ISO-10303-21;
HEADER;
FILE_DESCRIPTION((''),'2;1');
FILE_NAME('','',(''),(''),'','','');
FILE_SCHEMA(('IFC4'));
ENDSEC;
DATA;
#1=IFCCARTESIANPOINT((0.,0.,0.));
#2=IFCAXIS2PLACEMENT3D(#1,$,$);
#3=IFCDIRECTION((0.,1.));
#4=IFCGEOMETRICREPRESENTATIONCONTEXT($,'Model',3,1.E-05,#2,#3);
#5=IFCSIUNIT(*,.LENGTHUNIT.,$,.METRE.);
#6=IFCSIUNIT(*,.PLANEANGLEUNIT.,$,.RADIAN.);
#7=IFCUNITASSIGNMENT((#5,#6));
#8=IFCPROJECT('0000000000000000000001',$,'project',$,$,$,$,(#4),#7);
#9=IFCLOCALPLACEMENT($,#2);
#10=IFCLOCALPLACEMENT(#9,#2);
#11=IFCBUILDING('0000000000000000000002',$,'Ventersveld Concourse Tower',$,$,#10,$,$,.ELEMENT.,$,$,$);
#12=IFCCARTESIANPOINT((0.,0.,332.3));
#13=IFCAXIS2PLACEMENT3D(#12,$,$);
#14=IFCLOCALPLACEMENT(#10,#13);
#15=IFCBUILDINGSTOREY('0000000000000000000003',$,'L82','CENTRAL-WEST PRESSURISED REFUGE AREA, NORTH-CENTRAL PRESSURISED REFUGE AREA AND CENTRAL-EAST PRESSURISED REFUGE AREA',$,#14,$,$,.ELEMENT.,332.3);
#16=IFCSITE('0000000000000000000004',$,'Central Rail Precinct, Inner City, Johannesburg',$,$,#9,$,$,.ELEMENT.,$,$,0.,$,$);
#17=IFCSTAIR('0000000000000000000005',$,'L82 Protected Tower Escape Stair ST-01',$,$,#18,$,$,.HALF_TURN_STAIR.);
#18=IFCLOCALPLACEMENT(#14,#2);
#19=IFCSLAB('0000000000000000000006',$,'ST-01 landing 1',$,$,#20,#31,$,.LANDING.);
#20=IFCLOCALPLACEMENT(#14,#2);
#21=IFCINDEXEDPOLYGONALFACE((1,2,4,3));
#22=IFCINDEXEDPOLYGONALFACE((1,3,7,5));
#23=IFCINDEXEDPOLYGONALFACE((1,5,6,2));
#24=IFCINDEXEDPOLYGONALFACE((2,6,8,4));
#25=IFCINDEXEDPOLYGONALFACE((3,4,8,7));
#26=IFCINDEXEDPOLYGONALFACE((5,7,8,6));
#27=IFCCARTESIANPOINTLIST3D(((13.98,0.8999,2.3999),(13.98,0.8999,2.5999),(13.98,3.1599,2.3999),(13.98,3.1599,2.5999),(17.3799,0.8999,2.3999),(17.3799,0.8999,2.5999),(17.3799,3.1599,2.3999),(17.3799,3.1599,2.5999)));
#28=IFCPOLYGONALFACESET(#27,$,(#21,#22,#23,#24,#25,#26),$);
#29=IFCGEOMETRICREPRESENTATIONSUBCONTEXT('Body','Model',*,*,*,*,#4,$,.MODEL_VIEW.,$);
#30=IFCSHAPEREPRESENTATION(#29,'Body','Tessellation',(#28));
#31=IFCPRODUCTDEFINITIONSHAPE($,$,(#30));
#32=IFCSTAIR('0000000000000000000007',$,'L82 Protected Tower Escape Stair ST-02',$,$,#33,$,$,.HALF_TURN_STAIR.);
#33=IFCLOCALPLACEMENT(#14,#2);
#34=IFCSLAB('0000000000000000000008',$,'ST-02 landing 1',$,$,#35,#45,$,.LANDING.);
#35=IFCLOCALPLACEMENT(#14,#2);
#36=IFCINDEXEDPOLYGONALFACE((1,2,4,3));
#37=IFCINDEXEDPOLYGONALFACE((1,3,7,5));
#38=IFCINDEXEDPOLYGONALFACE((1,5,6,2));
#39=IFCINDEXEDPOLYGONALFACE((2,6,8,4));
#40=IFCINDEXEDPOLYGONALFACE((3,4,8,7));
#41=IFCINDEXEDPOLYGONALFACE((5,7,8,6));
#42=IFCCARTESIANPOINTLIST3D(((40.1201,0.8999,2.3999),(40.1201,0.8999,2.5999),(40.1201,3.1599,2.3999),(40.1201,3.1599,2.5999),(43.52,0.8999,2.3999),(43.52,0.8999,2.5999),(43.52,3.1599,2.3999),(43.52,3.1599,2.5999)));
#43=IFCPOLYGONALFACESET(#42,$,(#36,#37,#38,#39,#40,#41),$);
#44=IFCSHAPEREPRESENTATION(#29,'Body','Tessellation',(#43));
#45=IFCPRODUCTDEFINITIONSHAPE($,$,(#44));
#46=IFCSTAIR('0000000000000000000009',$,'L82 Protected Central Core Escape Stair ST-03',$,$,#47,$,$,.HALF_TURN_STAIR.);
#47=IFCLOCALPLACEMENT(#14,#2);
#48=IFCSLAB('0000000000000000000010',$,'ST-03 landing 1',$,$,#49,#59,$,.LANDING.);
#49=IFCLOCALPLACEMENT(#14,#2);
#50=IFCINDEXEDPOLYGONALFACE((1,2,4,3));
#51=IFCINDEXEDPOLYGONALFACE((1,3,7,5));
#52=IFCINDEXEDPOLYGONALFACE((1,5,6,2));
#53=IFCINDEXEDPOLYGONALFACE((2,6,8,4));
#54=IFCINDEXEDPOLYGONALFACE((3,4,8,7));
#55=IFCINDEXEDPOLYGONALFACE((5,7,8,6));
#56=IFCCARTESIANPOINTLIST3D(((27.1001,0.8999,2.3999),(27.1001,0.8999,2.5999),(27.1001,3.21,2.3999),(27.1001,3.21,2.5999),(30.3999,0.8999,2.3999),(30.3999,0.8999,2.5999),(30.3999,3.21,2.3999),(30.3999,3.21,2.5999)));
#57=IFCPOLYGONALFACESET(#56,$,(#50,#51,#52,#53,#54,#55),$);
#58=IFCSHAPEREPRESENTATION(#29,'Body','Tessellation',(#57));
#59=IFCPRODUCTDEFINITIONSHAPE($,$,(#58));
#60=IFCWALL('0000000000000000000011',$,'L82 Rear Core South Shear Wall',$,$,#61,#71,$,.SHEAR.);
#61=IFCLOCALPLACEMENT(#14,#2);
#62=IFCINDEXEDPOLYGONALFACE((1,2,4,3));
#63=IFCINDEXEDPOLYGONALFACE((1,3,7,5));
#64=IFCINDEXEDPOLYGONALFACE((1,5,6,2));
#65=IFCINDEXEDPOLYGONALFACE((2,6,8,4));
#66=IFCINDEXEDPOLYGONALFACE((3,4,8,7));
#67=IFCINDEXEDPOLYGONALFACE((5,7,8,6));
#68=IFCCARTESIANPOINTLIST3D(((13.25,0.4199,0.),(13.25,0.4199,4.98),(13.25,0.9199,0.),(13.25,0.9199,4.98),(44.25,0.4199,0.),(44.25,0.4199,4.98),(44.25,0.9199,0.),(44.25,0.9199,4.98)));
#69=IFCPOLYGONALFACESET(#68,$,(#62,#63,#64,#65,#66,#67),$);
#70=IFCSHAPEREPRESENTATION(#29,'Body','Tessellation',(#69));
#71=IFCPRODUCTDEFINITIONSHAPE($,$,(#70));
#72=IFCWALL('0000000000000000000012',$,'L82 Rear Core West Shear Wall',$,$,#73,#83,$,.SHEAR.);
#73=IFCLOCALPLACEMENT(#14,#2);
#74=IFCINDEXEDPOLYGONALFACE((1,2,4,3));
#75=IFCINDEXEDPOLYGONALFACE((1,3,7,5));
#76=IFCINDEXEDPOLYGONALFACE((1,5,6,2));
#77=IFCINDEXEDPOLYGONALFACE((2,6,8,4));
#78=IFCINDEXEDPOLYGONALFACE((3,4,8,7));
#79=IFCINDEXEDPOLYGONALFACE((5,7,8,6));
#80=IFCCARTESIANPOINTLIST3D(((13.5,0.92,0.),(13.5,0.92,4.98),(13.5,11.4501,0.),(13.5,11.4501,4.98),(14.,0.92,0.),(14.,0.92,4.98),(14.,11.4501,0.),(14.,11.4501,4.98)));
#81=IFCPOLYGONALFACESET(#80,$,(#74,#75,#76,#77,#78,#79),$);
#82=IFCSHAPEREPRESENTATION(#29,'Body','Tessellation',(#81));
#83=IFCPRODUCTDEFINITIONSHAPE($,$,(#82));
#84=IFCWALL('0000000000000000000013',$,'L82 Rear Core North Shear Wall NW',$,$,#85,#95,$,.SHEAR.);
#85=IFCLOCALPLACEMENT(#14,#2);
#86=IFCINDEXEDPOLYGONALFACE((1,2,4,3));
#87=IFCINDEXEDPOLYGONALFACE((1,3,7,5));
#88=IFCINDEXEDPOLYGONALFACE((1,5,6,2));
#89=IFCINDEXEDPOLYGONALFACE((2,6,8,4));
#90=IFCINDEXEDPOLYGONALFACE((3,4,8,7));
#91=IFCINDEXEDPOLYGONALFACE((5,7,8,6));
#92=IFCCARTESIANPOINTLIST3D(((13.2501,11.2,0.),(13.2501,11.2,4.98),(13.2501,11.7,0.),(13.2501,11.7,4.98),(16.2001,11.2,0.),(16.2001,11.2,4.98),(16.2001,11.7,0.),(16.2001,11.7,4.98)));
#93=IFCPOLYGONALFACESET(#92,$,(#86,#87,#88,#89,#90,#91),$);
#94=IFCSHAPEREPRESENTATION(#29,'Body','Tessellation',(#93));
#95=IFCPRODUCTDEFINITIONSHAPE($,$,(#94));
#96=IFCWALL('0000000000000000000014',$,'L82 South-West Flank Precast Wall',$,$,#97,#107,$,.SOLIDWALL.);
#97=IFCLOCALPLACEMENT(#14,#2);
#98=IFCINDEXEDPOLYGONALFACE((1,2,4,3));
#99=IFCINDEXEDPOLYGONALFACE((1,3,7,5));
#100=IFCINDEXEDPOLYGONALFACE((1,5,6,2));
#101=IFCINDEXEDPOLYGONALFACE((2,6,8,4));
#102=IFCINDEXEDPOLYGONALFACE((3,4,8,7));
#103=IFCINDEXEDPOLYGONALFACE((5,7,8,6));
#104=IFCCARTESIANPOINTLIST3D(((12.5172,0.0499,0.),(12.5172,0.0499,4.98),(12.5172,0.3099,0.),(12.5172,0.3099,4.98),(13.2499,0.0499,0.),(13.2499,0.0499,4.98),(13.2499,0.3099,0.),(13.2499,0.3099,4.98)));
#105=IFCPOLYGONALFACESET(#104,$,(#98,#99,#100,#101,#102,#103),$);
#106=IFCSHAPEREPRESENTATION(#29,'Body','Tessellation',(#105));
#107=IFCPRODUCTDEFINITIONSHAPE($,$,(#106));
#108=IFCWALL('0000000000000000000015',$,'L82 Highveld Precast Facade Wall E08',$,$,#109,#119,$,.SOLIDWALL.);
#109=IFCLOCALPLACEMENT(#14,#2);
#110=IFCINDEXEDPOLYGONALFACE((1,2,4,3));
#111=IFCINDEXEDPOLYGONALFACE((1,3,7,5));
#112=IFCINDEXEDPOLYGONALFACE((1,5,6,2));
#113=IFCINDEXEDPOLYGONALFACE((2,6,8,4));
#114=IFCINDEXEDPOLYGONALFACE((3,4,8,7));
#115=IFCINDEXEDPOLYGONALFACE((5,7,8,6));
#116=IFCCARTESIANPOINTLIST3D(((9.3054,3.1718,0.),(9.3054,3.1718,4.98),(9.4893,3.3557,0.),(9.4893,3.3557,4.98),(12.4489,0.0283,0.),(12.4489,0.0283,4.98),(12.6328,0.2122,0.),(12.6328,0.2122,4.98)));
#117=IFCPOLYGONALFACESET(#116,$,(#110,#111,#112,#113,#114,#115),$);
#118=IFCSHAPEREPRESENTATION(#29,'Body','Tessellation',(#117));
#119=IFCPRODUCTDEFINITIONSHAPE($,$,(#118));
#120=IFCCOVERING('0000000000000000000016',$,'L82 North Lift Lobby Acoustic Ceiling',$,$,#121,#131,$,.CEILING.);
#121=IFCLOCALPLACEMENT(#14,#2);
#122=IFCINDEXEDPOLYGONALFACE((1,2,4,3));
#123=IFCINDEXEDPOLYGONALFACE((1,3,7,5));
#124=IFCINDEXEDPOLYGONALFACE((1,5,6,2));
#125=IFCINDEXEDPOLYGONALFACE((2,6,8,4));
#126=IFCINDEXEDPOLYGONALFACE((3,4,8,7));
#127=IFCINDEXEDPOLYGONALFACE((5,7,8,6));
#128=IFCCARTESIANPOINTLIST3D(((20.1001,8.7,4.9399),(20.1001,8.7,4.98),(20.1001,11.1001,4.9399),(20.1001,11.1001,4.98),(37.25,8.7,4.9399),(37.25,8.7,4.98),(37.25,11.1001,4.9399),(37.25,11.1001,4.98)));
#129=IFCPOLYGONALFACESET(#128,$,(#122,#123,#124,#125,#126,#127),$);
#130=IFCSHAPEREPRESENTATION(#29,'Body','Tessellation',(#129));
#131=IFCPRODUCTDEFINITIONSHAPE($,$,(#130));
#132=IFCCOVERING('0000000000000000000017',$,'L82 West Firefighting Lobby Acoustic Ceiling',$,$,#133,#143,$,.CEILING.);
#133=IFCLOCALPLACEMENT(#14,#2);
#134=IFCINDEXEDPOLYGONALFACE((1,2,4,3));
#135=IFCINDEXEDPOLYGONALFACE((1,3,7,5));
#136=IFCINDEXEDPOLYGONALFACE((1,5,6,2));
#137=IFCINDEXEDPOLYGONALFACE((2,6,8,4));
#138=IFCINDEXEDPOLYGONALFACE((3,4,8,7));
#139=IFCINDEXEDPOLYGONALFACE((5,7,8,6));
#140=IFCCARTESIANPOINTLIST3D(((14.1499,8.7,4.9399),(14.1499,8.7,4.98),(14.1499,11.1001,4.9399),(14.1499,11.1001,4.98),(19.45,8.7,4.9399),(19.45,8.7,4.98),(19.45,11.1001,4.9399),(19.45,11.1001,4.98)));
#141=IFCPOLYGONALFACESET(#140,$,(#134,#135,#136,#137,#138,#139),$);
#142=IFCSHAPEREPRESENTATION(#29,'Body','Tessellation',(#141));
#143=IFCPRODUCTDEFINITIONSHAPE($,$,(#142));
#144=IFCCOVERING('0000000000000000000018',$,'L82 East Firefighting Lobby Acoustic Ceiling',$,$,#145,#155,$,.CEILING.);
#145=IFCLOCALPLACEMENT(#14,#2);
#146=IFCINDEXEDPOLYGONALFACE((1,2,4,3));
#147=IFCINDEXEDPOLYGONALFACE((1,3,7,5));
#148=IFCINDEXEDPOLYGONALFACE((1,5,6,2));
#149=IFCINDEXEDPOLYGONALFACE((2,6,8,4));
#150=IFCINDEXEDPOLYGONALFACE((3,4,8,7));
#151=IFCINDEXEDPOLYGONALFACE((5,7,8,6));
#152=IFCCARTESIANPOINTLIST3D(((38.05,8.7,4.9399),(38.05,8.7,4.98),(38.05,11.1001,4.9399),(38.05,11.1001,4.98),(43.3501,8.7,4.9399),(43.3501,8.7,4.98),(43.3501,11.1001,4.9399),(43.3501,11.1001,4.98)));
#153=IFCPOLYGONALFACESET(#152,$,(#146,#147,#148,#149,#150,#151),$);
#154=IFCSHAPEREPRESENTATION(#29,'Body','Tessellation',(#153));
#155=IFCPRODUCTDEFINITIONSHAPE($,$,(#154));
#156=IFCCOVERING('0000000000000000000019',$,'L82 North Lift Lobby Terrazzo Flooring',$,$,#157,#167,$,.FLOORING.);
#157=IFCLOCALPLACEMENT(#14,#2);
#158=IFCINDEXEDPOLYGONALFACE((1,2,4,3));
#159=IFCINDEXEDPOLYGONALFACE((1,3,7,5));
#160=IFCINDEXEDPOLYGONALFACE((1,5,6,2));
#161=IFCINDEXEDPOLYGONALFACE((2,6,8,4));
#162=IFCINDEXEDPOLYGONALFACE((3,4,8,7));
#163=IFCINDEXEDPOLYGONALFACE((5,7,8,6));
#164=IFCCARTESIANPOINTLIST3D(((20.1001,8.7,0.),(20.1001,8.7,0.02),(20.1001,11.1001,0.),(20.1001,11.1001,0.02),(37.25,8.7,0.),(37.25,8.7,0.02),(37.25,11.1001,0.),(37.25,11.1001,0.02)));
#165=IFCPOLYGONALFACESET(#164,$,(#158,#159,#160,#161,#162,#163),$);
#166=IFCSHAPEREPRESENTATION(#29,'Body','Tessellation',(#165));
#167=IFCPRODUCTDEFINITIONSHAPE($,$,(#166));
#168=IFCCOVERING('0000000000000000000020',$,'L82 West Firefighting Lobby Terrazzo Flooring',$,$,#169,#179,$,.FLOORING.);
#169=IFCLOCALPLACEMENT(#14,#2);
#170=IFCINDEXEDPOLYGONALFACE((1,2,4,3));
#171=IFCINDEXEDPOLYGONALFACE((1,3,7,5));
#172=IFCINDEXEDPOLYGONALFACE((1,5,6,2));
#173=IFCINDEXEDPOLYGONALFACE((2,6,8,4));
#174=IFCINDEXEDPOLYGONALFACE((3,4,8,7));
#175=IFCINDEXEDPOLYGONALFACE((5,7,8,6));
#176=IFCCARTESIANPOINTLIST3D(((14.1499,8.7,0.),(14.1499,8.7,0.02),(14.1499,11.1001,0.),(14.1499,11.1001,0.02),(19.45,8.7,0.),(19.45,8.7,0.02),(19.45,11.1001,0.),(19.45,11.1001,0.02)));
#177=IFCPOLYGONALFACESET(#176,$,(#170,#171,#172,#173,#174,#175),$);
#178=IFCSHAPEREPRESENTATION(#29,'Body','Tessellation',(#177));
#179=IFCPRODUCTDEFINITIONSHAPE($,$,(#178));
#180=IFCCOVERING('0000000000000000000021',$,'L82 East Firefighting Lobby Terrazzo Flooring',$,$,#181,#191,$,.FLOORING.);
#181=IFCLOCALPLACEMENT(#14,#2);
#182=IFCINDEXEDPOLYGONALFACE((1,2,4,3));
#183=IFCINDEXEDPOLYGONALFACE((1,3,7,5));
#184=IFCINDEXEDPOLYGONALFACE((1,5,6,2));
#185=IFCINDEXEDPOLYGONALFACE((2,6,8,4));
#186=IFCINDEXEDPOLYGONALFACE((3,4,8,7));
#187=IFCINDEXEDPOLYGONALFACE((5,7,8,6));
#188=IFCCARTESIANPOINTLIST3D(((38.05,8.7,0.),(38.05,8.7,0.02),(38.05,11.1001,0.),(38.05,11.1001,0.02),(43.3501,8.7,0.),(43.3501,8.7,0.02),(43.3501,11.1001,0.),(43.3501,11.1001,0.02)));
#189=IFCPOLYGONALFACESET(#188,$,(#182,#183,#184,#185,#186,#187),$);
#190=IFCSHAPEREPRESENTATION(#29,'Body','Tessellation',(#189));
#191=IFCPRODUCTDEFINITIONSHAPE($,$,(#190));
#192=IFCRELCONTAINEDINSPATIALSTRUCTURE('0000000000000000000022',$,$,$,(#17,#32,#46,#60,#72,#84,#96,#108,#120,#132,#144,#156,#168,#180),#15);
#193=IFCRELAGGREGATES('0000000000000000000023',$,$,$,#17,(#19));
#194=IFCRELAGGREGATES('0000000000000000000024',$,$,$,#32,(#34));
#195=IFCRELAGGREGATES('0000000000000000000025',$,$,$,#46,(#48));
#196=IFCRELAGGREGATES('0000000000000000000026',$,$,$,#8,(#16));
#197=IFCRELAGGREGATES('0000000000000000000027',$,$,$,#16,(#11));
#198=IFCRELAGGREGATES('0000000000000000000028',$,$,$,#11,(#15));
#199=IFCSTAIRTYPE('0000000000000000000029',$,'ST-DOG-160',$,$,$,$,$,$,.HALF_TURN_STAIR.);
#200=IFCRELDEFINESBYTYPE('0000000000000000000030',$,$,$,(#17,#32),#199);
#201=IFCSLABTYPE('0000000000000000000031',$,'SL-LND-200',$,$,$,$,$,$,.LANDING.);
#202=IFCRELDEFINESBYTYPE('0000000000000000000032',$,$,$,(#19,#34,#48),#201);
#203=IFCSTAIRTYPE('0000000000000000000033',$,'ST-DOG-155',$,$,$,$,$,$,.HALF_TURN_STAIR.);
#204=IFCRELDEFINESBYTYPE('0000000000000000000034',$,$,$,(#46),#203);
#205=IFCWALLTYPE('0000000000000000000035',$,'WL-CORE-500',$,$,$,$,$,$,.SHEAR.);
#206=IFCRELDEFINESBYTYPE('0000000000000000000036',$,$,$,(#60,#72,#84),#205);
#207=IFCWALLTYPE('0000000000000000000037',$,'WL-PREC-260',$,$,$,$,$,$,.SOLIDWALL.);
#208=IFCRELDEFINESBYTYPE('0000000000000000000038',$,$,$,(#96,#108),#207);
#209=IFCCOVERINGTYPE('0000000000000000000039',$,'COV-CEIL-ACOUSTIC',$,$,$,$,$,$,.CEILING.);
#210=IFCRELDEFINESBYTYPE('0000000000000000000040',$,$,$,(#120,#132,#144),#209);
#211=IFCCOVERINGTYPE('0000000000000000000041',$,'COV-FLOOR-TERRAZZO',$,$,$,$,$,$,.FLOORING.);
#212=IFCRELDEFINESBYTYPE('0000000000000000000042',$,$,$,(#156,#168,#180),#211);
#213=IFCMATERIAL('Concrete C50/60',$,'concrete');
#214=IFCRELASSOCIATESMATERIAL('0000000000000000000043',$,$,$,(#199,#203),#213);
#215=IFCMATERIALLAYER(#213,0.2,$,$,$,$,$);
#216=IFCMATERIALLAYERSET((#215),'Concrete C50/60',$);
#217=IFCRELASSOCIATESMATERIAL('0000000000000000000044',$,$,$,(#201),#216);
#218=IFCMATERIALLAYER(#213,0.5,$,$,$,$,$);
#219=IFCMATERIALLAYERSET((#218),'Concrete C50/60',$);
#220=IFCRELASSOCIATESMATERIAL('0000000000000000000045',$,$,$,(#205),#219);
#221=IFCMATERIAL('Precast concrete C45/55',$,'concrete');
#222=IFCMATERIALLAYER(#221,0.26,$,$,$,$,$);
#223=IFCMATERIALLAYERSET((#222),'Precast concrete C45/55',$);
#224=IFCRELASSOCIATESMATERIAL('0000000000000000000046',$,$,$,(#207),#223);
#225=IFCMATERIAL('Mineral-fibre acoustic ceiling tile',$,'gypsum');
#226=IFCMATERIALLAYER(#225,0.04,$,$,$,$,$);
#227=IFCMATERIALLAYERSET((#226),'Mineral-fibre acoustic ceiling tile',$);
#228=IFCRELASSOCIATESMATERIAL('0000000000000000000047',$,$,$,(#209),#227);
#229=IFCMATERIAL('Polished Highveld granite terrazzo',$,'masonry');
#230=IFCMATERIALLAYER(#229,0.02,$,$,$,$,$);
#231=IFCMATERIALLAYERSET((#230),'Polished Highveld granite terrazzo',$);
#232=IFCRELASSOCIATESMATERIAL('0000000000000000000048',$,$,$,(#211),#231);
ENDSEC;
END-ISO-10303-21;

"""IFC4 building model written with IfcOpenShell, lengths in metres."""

from ifc_helpers import new_model, si_unit, direction, frame, frame_2d, origin, place, context, subcontext, project, spatial, polyline, rectangle, outline, extrude, material, layer, layer_set, type_object, element, aggregate, save


model = new_model("IFC4")

# Units and contexts
model_context = context("Model", 3, precision=1e-05, world=origin(), true_north=direction((0.0, 1.0)))
body_context = subcontext(model_context, "Body", "Model", "MODEL_VIEW")
ifc_project = project(units=[si_unit("LENGTHUNIT", "METRE"), si_unit("PLANEANGLEUNIT", "RADIAN")], contexts=[model_context])

# Site, building, storey
site_placement = place(None, origin())
site = spatial("IfcSite", under=ifc_project, at=site_placement, Name="Central Rail Precinct, Inner City, Johannesburg", CompositionType="ELEMENT", RefElevation=0.0)
building_placement = place(site_placement, origin())
building = spatial("IfcBuilding", under=site, at=building_placement, Name="Ventersveld Concourse Tower", CompositionType="ELEMENT")
storey_placement = place(building_placement, frame((0.0, 0.0, 332.3)))
storey = spatial("IfcBuildingStorey", under=building, at=storey_placement, Name="L82", Description="CENTRAL-WEST PRESSURISED REFUGE AREA, NORTH-CENTRAL PRESSURISED REFUGE AREA AND CENTRAL-EAST PRESSURISED REFUGE AREA", CompositionType="ELEMENT", Elevation=332.3)

# Shared definitions
ifc_material_1 = material(Name="Concrete C50/60", Category="concrete")

# Stairs, slabs
stair_type_1 = type_object("IfcStairType", Name="ST-DOG-160", PredefinedType="HALF_TURN_STAIR", material=ifc_material_1)
stair_1_placement = place(storey_placement, origin())
stair_1 = element("IfcStair", 1, at=stair_1_placement, inside=storey, type_object=stair_type_1, Name="L82 Protected Tower Escape Stair ST-01", PredefinedType="HALF_TURN_STAIR")
ifc_layer_1 = layer(ifc_material_1, 0.2)
ifc_layer_set_1 = layer_set([ifc_layer_1], Name="Concrete C50/60")
slab_type_1 = type_object("IfcSlabType", Name="SL-LND-200", PredefinedType="LANDING", material=ifc_layer_set_1)
slab_1_placement = place(storey_placement, frame((0.0, 0.0, 2.3999)))
slab_1 = element("IfcSlab", 2, at=slab_1_placement, type_object=slab_type_1, Name="ST-01 landing 1", PredefinedType="LANDING", context=body_context, shape_type="SweptSolid", body=[
    extrude(outline(polyline([(13.98, 3.1599), (13.98, 0.8999), (17.3799, 0.8999), (17.3799, 3.1599), (13.98, 3.1599)])), origin(), (0.0, 0.0, 1.0), 0.2),
])
aggregate(stair_1, [slab_1])
stair_2_placement = place(storey_placement, origin())
stair_2 = element("IfcStair", 3, at=stair_2_placement, inside=storey, type_object=stair_type_1, Name="L82 Protected Tower Escape Stair ST-02", PredefinedType="HALF_TURN_STAIR")
slab_2_placement = place(storey_placement, frame((0.0, 0.0, 2.3999)))
slab_2 = element("IfcSlab", 4, at=slab_2_placement, type_object=slab_type_1, Name="ST-02 landing 1", PredefinedType="LANDING", context=body_context, shape_type="SweptSolid", body=[
    extrude(outline(polyline([(40.1201, 3.1599), (40.1201, 0.8999), (43.52, 0.8999), (43.52, 3.1599), (40.1201, 3.1599)])), origin(), (0.0, 0.0, 1.0), 0.2),
])
aggregate(stair_2, [slab_2])
stair_type_2 = type_object("IfcStairType", Name="ST-DOG-155", PredefinedType="HALF_TURN_STAIR", material=ifc_material_1)
stair_3_placement = place(storey_placement, origin())
stair_3 = element("IfcStair", 5, at=stair_3_placement, inside=storey, type_object=stair_type_2, Name="L82 Protected Central Core Escape Stair ST-03", PredefinedType="HALF_TURN_STAIR")
slab_3_placement = place(storey_placement, frame((0.0, 0.0, 2.3999)))
slab_3 = element("IfcSlab", 6, at=slab_3_placement, type_object=slab_type_1, Name="ST-03 landing 1", PredefinedType="LANDING", context=body_context, shape_type="SweptSolid", body=[
    extrude(outline(polyline([(27.1001, 3.21), (27.1001, 0.8999), (30.3999, 0.8999), (30.3999, 3.21), (27.1001, 3.21)])), origin(), (0.0, 0.0, 1.0), 0.2),
])
aggregate(stair_3, [slab_3])

# Walls
ifc_layer_2 = layer(ifc_material_1, 0.5)
ifc_layer_set_2 = layer_set([ifc_layer_2], Name="Concrete C50/60")
wall_type_1 = type_object("IfcWallType", Name="WL-CORE-500", PredefinedType="SHEAR", material=ifc_layer_set_2)
wall_1_placement = place(storey_placement, frame((13.25, 0.6699, 0.0), z_axis=(0.0, 0.0, 1.0), x_axis=(1.0, 0.0, 0.0)))
element("IfcWall", 7, at=wall_1_placement, inside=storey, type_object=wall_type_1, Name="L82 Rear Core South Shear Wall", PredefinedType="SHEAR", context=body_context, shape_type="SweptSolid", body=[
    extrude(rectangle(XDim=31.0, YDim=0.5, at=frame_2d((15.5, 0.0))), origin(), (0.0, 0.0, 1.0), 4.98),
])
wall_2_placement = place(storey_placement, frame((13.75, 0.9199, 0.0), z_axis=(0.0, 0.0, 1.0), x_axis=(0.0, 1.0, 0.0)))
element("IfcWall", 8, at=wall_2_placement, inside=storey, type_object=wall_type_1, Name="L82 Rear Core West Shear Wall", PredefinedType="SHEAR", context=body_context, shape_type="SweptSolid", body=[
    extrude(rectangle(XDim=10.53, YDim=0.5, at=frame_2d((5.2651, 0.0))), origin(), (0.0, 0.0, 1.0), 4.98),
])
wall_3_placement = place(storey_placement, frame((13.25, 11.45, 0.0), z_axis=(0.0, 0.0, 1.0), x_axis=(1.0, 0.0, 0.0)))
element("IfcWall", 9, at=wall_3_placement, inside=storey, type_object=wall_type_1, Name="L82 Rear Core North Shear Wall NW", PredefinedType="SHEAR", context=body_context, shape_type="SweptSolid", body=[
    extrude(rectangle(XDim=2.95, YDim=0.5, at=frame_2d((1.4751, 0.0))), origin(), (0.0, 0.0, 1.0), 4.98),
])
ifc_material_2 = material(Name="Precast concrete C45/55", Category="concrete")
ifc_layer_3 = layer(ifc_material_2, 0.26)
ifc_layer_set_3 = layer_set([ifc_layer_3], Name="Precast concrete C45/55")
wall_type_2 = type_object("IfcWallType", Name="WL-PREC-260", PredefinedType="SOLIDWALL", material=ifc_layer_set_3)
wall_4_placement = place(storey_placement, frame((12.5173, 0.1799, 0.0), z_axis=(0.0, 0.0, 1.0), x_axis=(1.0, 0.0, 0.0)))
element("IfcWall", 10, at=wall_4_placement, inside=storey, type_object=wall_type_2, Name="L82 South-West Flank Precast Wall", PredefinedType="SOLIDWALL", context=body_context, shape_type="SweptSolid", body=[
    extrude(rectangle(XDim=0.7327, YDim=0.26, at=frame_2d((0.3662, 0.0))), origin(), (0.0, 0.0, 1.0), 4.98),
])
wall_5_placement = place(storey_placement, frame((9.3975, 3.2637, 0.0), z_axis=(0.0, 0.0, 1.0), x_axis=(0.707107, -0.707107, 0.0)))
element("IfcWall", 11, at=wall_5_placement, inside=storey, type_object=wall_type_2, Name="L82 Highveld Precast Facade Wall E08", PredefinedType="SOLIDWALL", context=body_context, shape_type="SweptSolid", body=[
    extrude(rectangle(XDim=4.4456, YDim=0.26, at=frame_2d((2.2227, 0.0))), origin(), (0.0, 0.0, 1.0), 4.98),
])

# Coverings
ifc_material_3 = material(Name="Mineral-fibre acoustic ceiling tile", Category="gypsum")
ifc_layer_4 = layer(ifc_material_3, 0.04)
ifc_layer_set_4 = layer_set([ifc_layer_4], Name="Mineral-fibre acoustic ceiling tile")
covering_type_1 = type_object("IfcCoveringType", Name="COV-CEIL-ACOUSTIC", PredefinedType="CEILING", material=ifc_layer_set_4)
covering_1_placement = place(storey_placement, frame((0.0, 0.0, 4.9399)))
element("IfcCovering", 12, at=covering_1_placement, inside=storey, type_object=covering_type_1, Name="L82 North Lift Lobby Acoustic Ceiling", PredefinedType="CEILING", context=body_context, shape_type="SweptSolid", body=[
    extrude(outline(polyline([(20.1001, 8.7), (37.25, 8.7), (37.25, 11.1001), (20.1001, 11.1001), (20.1001, 8.7)])), origin(), (0.0, 0.0, 1.0), 0.04),
])
covering_2_placement = place(storey_placement, frame((0.0, 0.0, 4.9399)))
element("IfcCovering", 13, at=covering_2_placement, inside=storey, type_object=covering_type_1, Name="L82 West Firefighting Lobby Acoustic Ceiling", PredefinedType="CEILING", context=body_context, shape_type="SweptSolid", body=[
    extrude(outline(polyline([(14.1499, 8.7), (19.45, 8.7), (19.45, 11.1001), (14.1499, 11.1001), (14.1499, 8.7)])), origin(), (0.0, 0.0, 1.0), 0.04),
])
covering_3_placement = place(storey_placement, frame((0.0, 0.0, 4.9399)))
element("IfcCovering", 14, at=covering_3_placement, inside=storey, type_object=covering_type_1, Name="L82 East Firefighting Lobby Acoustic Ceiling", PredefinedType="CEILING", context=body_context, shape_type="SweptSolid", body=[
    extrude(outline(polyline([(38.05, 8.7), (43.3501, 8.7), (43.3501, 11.1001), (38.05, 11.1001), (38.05, 8.7)])), origin(), (0.0, 0.0, 1.0), 0.04),
])
ifc_material_4 = material(Name="Polished Highveld granite terrazzo", Category="masonry")
ifc_layer_5 = layer(ifc_material_4, 0.02)
ifc_layer_set_5 = layer_set([ifc_layer_5], Name="Polished Highveld granite terrazzo")
covering_type_2 = type_object("IfcCoveringType", Name="COV-FLOOR-TERRAZZO", PredefinedType="FLOORING", material=ifc_layer_set_5)
covering_4_placement = place(storey_placement, origin())
element("IfcCovering", 15, at=covering_4_placement, inside=storey, type_object=covering_type_2, Name="L82 North Lift Lobby Terrazzo Flooring", PredefinedType="FLOORING", context=body_context, shape_type="SweptSolid", body=[
    extrude(outline(polyline([(20.1001, 8.7), (37.25, 8.7), (37.25, 11.1001), (20.1001, 11.1001), (20.1001, 8.7)])), origin(), (0.0, 0.0, 1.0), 0.02),
])
covering_5_placement = place(storey_placement, origin())
element("IfcCovering", 16, at=covering_5_placement, inside=storey, type_object=covering_type_2, Name="L82 West Firefighting Lobby Terrazzo Flooring", PredefinedType="FLOORING", context=body_context, shape_type="SweptSolid", body=[
    extrude(outline(polyline([(14.1499, 8.7), (19.45, 8.7), (19.45, 11.1001), (14.1499, 11.1001), (14.1499, 8.7)])), origin(), (0.0, 0.0, 1.0), 0.02),
])
covering_6_placement = place(storey_placement, origin())
element("IfcCovering", 17, at=covering_6_placement, inside=storey, type_object=covering_type_2, Name="L82 East Firefighting Lobby Terrazzo Flooring", PredefinedType="FLOORING", context=body_context, shape_type="SweptSolid", body=[
    extrude(outline(polyline([(38.05, 8.7), (43.3501, 8.7), (43.3501, 11.1001), (38.05, 11.1001), (38.05, 8.7)])), origin(), (0.0, 0.0, 1.0), 0.02),
])

save(model, "model.ifc")
